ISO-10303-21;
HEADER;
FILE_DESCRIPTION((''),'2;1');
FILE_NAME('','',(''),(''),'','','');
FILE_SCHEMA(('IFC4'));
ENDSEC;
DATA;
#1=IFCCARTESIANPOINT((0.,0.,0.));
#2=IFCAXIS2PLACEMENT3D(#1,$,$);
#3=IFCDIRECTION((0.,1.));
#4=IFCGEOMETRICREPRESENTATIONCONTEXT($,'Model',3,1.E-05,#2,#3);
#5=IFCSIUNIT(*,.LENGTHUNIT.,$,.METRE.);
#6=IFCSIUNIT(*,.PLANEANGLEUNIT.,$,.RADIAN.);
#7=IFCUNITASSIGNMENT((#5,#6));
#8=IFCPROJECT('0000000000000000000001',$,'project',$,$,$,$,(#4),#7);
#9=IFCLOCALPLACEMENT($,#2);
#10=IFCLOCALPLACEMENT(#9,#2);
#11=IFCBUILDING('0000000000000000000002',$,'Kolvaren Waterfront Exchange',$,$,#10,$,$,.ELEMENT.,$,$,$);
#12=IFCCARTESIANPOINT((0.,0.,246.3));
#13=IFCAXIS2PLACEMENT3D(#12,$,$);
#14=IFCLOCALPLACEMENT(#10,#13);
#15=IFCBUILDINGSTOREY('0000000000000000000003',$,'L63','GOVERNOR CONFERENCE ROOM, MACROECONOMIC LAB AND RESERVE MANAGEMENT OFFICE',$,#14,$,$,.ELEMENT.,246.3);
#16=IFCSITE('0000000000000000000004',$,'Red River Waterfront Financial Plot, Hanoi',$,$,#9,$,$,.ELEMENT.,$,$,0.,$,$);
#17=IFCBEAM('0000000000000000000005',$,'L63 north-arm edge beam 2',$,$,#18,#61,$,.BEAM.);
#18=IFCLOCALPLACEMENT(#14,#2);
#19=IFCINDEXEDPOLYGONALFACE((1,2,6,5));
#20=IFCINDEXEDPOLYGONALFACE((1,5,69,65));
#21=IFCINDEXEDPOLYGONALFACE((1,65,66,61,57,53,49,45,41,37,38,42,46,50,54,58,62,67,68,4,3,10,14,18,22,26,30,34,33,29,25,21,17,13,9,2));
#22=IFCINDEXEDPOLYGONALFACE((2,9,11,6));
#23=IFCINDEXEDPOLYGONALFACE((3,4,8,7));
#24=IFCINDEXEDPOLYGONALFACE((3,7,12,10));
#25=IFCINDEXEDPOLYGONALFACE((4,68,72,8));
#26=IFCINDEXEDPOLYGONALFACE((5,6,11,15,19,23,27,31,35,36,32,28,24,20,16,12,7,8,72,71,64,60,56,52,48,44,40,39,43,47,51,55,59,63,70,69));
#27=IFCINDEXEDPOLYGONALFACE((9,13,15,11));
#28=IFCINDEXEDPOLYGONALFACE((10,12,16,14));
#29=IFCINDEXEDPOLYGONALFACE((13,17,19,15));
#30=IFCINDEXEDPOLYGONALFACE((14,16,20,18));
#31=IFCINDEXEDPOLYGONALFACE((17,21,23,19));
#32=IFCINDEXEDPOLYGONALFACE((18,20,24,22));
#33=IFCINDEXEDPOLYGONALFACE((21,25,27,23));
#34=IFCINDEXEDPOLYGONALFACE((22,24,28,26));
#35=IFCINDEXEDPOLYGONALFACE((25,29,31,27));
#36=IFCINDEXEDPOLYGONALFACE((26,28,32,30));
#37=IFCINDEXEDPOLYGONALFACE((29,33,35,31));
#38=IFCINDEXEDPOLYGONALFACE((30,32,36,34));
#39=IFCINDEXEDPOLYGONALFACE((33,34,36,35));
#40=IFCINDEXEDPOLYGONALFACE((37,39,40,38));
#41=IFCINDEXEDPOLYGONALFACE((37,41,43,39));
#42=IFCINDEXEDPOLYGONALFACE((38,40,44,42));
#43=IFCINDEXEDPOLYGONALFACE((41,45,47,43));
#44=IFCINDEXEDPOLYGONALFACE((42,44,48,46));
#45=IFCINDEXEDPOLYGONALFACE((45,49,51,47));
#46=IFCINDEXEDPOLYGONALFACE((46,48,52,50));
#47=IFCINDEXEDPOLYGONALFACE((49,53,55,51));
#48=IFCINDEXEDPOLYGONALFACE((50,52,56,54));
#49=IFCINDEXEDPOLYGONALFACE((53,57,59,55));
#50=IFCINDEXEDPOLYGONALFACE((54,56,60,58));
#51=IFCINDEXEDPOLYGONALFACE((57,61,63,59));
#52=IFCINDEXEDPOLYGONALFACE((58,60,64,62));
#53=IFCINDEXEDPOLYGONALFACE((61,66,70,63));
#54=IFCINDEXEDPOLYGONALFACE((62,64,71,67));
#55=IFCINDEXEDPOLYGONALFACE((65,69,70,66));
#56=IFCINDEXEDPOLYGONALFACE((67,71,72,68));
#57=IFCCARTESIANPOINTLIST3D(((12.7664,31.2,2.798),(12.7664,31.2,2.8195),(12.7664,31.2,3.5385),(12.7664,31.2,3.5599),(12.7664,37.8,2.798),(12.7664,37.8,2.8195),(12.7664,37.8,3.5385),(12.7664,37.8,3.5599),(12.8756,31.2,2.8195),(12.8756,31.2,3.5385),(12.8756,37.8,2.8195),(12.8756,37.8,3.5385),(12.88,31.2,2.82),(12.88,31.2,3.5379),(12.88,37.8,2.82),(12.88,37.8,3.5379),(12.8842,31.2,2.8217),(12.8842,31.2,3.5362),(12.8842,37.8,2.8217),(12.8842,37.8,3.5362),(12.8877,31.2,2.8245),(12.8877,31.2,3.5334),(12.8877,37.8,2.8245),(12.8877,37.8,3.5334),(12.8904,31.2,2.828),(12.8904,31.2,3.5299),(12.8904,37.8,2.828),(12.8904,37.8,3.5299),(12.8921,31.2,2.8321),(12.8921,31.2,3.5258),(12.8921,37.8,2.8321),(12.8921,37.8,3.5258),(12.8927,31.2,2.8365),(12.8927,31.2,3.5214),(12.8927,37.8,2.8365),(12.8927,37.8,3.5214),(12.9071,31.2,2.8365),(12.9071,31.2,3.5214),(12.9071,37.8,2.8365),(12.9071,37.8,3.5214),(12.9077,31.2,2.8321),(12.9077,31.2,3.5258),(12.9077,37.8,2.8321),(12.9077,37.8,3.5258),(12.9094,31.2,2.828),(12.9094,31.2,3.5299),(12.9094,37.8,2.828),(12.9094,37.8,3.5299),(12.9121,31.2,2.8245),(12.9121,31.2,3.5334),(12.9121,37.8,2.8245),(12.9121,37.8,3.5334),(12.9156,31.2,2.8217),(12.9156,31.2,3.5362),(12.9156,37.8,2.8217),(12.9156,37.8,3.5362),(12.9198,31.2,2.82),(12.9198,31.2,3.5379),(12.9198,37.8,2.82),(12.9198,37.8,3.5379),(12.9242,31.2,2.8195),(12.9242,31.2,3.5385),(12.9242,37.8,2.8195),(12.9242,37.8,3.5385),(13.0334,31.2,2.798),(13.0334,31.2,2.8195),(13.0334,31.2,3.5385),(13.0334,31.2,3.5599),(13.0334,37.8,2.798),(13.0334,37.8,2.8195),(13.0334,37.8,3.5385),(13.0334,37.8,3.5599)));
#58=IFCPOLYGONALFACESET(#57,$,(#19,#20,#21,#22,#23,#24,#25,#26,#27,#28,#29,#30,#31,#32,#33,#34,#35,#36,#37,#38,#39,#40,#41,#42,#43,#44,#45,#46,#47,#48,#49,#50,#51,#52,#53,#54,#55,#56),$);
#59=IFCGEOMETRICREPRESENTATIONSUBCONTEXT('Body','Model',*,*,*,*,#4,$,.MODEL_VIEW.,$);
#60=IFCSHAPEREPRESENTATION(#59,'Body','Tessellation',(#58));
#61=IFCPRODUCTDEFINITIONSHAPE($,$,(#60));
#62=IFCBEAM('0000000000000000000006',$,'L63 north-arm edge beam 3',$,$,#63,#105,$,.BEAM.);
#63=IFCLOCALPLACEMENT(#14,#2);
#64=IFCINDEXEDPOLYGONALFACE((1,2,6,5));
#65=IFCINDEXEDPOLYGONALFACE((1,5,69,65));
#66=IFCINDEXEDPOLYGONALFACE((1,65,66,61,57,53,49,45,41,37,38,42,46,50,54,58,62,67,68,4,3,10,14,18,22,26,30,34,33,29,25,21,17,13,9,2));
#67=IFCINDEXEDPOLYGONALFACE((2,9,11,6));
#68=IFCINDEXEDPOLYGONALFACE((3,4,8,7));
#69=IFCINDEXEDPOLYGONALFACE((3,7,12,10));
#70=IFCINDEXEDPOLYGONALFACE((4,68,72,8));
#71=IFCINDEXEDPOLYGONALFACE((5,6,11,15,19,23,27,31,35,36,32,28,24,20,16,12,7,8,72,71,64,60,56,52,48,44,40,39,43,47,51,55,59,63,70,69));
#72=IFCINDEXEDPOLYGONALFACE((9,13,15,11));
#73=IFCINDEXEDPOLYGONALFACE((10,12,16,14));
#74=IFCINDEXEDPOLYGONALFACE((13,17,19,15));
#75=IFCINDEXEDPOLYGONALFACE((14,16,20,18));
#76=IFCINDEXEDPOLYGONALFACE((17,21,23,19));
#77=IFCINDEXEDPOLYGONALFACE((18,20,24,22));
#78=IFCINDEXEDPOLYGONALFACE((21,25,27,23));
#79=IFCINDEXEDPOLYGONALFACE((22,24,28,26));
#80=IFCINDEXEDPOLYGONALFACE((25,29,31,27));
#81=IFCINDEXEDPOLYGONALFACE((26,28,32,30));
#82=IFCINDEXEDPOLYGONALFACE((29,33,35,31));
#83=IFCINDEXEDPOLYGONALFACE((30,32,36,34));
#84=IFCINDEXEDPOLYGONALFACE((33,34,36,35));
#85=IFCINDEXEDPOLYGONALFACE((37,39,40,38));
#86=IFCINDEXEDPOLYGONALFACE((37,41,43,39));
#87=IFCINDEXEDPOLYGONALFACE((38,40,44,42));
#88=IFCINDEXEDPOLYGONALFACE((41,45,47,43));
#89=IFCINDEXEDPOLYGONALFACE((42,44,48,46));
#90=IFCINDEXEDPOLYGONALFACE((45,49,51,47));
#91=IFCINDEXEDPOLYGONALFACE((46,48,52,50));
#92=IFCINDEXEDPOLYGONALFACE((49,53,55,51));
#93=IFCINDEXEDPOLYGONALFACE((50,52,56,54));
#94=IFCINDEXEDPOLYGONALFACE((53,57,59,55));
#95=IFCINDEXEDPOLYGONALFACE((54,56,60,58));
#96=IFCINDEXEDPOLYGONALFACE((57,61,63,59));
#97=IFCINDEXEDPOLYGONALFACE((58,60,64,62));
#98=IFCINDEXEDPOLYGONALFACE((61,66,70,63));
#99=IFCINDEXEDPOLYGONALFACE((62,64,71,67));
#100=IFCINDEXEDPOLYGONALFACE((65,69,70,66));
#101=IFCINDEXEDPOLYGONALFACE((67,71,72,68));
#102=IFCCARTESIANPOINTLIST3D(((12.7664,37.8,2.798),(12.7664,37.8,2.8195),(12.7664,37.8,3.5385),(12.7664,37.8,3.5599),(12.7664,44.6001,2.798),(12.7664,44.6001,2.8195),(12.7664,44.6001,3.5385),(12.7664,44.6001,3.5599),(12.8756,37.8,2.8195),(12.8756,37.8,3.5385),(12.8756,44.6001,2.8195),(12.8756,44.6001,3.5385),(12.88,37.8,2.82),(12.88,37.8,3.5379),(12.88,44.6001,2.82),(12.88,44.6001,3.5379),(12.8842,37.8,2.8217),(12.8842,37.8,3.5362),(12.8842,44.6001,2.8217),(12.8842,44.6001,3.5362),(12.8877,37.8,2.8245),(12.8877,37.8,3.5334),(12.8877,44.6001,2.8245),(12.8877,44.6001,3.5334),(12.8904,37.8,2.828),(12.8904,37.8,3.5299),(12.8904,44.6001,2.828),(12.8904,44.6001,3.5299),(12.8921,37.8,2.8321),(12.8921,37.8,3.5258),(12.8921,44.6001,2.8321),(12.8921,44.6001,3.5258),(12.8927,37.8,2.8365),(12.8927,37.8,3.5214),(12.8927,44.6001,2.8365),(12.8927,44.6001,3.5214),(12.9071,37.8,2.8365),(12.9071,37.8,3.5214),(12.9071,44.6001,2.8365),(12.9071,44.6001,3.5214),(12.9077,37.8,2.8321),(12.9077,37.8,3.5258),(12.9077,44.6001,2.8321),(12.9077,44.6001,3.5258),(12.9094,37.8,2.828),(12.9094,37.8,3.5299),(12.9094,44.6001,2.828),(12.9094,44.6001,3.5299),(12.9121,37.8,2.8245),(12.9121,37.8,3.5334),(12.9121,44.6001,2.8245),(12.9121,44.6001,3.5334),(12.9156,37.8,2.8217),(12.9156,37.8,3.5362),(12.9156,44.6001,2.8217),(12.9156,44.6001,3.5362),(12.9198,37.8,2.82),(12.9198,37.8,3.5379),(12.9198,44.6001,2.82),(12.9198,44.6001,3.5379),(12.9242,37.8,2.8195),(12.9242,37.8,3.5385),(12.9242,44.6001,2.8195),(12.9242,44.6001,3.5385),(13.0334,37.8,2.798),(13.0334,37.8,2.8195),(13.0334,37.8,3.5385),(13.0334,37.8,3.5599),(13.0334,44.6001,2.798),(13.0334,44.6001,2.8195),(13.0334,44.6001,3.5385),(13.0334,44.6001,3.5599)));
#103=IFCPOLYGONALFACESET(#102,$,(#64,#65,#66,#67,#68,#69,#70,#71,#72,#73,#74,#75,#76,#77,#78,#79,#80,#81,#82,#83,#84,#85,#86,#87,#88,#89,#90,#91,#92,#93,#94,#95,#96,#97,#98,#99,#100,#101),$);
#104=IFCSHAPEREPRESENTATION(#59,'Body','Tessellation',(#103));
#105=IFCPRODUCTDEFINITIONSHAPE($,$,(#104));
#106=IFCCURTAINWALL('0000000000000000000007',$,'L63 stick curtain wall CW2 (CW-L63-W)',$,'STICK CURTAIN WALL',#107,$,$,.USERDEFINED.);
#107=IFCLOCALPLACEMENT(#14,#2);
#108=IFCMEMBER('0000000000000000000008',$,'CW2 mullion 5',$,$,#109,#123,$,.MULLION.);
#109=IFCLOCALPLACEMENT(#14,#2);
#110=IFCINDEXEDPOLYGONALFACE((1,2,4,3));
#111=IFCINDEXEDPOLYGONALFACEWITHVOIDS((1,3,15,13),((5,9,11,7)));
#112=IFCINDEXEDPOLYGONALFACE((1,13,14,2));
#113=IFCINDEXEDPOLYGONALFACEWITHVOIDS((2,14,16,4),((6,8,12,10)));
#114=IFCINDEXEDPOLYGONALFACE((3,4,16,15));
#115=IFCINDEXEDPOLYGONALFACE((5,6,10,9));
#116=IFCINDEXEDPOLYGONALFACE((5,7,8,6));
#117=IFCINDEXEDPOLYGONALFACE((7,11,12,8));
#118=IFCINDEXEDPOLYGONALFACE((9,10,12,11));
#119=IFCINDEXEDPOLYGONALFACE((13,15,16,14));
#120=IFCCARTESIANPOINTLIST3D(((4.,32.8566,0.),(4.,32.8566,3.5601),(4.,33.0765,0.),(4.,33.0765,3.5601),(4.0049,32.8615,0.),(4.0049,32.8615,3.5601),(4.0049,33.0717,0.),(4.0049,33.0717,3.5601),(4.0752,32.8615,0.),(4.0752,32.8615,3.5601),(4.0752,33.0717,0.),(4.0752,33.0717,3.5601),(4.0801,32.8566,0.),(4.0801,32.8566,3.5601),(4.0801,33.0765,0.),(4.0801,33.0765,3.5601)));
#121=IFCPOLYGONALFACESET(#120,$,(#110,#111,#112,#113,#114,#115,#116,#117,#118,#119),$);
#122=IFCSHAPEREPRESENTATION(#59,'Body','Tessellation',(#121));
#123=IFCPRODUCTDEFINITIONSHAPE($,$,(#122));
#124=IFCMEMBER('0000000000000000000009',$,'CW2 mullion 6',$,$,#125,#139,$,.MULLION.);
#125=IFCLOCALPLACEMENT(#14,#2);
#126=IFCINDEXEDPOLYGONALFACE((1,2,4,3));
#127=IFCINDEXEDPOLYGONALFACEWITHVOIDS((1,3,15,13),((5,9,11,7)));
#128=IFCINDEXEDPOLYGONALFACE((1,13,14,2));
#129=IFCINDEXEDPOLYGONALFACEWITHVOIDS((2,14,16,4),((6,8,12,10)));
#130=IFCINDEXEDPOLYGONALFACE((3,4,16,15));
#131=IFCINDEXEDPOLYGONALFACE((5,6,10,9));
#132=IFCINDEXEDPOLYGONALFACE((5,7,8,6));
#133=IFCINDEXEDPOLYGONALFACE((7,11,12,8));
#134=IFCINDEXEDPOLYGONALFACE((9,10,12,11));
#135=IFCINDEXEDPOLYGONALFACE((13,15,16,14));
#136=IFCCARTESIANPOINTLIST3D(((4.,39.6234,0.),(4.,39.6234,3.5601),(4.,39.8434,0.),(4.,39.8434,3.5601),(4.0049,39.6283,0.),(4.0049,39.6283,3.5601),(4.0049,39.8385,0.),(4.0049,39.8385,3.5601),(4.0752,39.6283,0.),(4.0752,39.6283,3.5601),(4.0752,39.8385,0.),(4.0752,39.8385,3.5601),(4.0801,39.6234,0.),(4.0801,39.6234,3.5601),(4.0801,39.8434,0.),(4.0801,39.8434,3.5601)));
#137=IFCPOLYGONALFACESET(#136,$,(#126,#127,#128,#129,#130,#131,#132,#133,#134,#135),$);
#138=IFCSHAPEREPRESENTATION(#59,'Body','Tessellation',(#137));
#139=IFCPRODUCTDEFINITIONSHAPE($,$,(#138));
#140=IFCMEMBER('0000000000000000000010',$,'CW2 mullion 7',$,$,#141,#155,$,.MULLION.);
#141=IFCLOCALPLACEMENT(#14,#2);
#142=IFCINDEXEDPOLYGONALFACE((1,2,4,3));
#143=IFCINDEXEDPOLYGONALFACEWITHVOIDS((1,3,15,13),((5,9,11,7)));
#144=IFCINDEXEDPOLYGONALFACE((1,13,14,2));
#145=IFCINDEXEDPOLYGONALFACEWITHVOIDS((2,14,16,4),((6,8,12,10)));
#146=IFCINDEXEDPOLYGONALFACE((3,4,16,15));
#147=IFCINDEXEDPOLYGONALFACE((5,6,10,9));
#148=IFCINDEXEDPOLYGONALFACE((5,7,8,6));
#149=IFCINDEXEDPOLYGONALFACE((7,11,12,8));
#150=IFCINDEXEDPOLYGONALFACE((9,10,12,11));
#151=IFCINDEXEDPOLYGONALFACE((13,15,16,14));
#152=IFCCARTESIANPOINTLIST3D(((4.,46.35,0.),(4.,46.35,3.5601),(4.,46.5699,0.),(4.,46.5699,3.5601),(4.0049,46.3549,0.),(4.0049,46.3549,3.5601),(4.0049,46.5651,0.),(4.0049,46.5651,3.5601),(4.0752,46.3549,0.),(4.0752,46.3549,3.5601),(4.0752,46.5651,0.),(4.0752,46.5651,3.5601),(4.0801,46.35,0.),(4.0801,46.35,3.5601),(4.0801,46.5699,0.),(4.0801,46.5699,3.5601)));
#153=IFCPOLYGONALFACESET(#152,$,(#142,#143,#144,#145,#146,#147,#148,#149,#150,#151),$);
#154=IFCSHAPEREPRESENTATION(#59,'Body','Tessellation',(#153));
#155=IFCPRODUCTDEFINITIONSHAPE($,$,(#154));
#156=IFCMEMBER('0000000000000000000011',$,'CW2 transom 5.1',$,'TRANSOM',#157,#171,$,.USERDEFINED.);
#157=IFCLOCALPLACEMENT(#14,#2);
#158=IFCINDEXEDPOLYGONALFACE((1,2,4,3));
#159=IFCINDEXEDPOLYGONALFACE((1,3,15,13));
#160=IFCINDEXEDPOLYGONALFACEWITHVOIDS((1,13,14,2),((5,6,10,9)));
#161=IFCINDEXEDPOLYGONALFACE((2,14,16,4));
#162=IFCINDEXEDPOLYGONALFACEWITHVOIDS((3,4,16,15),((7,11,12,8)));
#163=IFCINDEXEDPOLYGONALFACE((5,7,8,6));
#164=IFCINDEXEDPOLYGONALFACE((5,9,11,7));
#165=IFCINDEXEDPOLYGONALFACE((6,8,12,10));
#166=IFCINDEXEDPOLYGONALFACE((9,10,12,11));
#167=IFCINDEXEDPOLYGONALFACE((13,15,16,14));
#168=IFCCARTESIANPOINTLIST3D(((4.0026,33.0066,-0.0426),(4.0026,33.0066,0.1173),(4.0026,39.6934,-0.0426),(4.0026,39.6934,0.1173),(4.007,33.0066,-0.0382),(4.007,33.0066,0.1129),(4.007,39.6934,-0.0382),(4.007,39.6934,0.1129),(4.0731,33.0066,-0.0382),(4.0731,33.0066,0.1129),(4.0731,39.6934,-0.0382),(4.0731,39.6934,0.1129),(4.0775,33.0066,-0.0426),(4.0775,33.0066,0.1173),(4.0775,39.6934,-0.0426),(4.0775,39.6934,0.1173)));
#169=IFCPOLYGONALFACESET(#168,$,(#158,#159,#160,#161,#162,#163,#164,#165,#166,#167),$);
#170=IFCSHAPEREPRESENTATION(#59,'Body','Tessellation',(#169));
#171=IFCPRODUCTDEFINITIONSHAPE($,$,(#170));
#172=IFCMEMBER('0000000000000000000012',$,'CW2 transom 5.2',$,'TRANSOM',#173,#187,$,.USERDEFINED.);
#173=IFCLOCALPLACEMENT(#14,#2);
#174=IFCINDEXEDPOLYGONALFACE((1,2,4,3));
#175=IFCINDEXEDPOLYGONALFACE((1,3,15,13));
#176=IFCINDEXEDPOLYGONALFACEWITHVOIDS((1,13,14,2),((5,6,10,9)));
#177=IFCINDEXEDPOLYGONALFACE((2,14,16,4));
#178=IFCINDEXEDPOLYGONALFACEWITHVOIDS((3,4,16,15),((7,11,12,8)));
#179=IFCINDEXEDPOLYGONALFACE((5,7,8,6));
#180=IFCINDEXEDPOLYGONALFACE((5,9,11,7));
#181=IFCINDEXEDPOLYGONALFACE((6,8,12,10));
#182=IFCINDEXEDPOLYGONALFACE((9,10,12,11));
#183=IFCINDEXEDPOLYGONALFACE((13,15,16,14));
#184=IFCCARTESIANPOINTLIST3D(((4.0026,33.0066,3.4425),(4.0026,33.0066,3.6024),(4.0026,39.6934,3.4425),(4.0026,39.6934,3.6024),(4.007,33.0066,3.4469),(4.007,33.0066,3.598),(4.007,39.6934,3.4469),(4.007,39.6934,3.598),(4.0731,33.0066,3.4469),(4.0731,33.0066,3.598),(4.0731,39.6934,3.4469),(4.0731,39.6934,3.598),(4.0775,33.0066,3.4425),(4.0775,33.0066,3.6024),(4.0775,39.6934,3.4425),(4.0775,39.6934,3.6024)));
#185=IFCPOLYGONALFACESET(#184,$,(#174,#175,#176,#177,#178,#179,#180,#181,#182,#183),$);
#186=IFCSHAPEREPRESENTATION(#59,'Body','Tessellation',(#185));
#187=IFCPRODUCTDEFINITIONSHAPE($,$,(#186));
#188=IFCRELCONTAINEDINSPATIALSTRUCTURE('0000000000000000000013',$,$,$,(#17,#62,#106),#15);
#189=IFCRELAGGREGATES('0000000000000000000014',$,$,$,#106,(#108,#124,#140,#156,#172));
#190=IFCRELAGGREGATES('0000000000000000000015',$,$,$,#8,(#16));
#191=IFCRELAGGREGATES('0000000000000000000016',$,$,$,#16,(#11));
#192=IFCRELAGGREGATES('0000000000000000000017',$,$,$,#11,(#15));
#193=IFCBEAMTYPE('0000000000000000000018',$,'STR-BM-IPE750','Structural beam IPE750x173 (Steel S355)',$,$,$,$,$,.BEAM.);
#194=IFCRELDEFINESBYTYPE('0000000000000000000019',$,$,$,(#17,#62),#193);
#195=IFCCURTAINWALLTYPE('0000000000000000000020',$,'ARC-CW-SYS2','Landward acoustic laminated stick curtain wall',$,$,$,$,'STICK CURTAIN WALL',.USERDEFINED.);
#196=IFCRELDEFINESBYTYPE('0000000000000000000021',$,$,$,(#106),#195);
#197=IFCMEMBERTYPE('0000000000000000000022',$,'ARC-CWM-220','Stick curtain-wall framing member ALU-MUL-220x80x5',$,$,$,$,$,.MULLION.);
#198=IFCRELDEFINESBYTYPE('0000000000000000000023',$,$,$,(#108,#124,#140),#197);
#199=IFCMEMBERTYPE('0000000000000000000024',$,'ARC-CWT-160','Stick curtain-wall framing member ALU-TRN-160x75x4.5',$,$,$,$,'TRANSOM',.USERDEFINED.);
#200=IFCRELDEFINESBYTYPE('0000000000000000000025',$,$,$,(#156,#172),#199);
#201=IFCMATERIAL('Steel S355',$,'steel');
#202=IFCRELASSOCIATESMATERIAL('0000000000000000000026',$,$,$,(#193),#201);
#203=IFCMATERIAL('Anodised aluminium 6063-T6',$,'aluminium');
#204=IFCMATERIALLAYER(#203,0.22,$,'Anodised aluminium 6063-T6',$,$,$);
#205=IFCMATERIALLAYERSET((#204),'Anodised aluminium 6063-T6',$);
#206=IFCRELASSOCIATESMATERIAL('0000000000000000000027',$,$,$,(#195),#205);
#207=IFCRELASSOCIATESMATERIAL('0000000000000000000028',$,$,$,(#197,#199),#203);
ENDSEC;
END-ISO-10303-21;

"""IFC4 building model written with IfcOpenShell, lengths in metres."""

from ifc_helpers import new_model, si_unit, direction, frame, origin, origin_with_axes, origin_2d, place, context, subcontext, project, spatial, hollow_rectangle, i_section, extrude, source, transform, mapped, material, layer, layer_set, material_profile, profile_set, type_object, element, aggregate, save


model = new_model("IFC4")

# Units and contexts
model_context = context("Model", 3, precision=1e-05, world=origin(), true_north=direction((0.0, 1.0)))
body_context = subcontext(model_context, "Body", "Model", "MODEL_VIEW")
ifc_project = project(units=[si_unit("LENGTHUNIT", "METRE"), si_unit("PLANEANGLEUNIT", "RADIAN")], contexts=[model_context])

# Site, building, storey
site_placement = place(None, origin())
site = spatial("IfcSite", under=ifc_project, at=site_placement, Name="Red River Waterfront Financial Plot, Hanoi", CompositionType="ELEMENT", RefElevation=0.0)
building_placement = place(site_placement, origin())
building = spatial("IfcBuilding", under=site, at=building_placement, Name="Kolvaren Waterfront Exchange", CompositionType="ELEMENT")
storey_placement = place(building_placement, frame((0.0, 0.0, 246.3)))
storey = spatial("IfcBuildingStorey", under=building, at=storey_placement, Name="L63", Description="GOVERNOR CONFERENCE ROOM, MACROECONOMIC LAB AND RESERVE MANAGEMENT OFFICE", CompositionType="ELEMENT", Elevation=246.3)

# Beams
ifc_material_1 = material(Name="Steel S355", Category="steel")
ifc_material_profile_1 = material_profile(ifc_material_1, i_section(OverallWidth=0.2671, OverallDepth=0.762, WebThickness=0.0144, FlangeThickness=0.0215, FilletRadius=0.0171, at=origin_2d()), Name="IPE750x173")
ifc_profile_set_1 = profile_set([ifc_material_profile_1], Name="Steel S355")
beam_type_1 = type_object("IfcBeamType", Name="STR-BM-IPE750", Description="Structural beam IPE750x173 (Steel S355)", PredefinedType="BEAM", material=ifc_profile_set_1)
beam_1_placement = place(storey_placement, frame((12.8999, 31.2, 3.179), z_axis=(0.0, 1.0, 0.0), x_axis=(-1.0, 0.0, 0.0)))
element("IfcBeam", 1, at=beam_1_placement, inside=storey, type_object=beam_type_1, Name="L63 north-arm edge beam 2", PredefinedType="BEAM", context=body_context, shape_type="SweptSolid", body=[
    extrude(i_section(OverallWidth=0.2671, OverallDepth=0.762, WebThickness=0.0144, FlangeThickness=0.0215, FilletRadius=0.0171, at=origin_2d()), origin(), (0.0, 0.0, 1.0), 6.6001),
])
beam_2_placement = place(storey_placement, frame((12.8999, 37.8, 3.179), z_axis=(0.0, 1.0, 0.0), x_axis=(-1.0, 0.0, 0.0)))
element("IfcBeam", 2, at=beam_2_placement, inside=storey, type_object=beam_type_1, Name="L63 north-arm edge beam 3", PredefinedType="BEAM", context=body_context, shape_type="SweptSolid", body=[
    extrude(i_section(OverallWidth=0.2671, OverallDepth=0.762, WebThickness=0.0144, FlangeThickness=0.0215, FilletRadius=0.0171, at=origin_2d()), origin(), (0.0, 0.0, 1.0), 6.8),
])

# Curtain wall, members
ifc_material_2 = material(Name="Anodised aluminium 6063-T6", Category="aluminium")
ifc_layer_1 = layer(ifc_material_2, 0.22, Name="Anodised aluminium 6063-T6")
ifc_layer_set_1 = layer_set([ifc_layer_1], Name="Anodised aluminium 6063-T6")
curtain_wall_type = type_object("IfcCurtainWallType", Name="ARC-CW-SYS2", Description="Landward acoustic laminated stick curtain wall", ElementType="STICK CURTAIN WALL", PredefinedType="USERDEFINED", material=ifc_layer_set_1)
curtain_wall_placement = place(storey_placement, origin())
curtain_wall = element("IfcCurtainWall", 3, at=curtain_wall_placement, inside=storey, type_object=curtain_wall_type, Name="L63 stick curtain wall CW2 (CW-L63-W)", ObjectType="STICK CURTAIN WALL", PredefinedType="USERDEFINED")
ifc_material_profile_2 = material_profile(ifc_material_2, hollow_rectangle(XDim=0.0801, YDim=0.22, WallThickness=0.0049, at=origin_2d()), Name="ALU-MUL-220x80x5")
ifc_profile_set_2 = profile_set([ifc_material_profile_2], Name="Anodised aluminium 6063-T6")
member_type_1 = type_object("IfcMemberType", Name="ARC-CWM-220", Description="Stick curtain-wall framing member ALU-MUL-220x80x5", PredefinedType="MULLION", material=ifc_profile_set_2)
shared_shape_1 = source(origin_with_axes(), body_context, "Body", "SweptSolid", [
    extrude(hollow_rectangle(XDim=0.0801, YDim=0.22, WallThickness=0.0049, at=origin_2d()), origin(), (0.0, 0.0, 1.0), 3.5601),
])
member_1_placement = place(storey_placement, frame((4.04, 32.9666, 0.0), z_axis=(0.0, 0.0, 1.0), x_axis=(-1.0, 0.0, 0.0)))
member_1 = element("IfcMember", 4, at=member_1_placement, type_object=member_type_1, Name="CW2 mullion 5", PredefinedType="MULLION", context=body_context, shape_type="MappedRepresentation", body=[
    mapped(shared_shape_1, transform((0.0, 0.0, 0.0), x_axis=(1.0, 0.0, 0.0), y_axis=(0.0, 1.0, 0.0), z_axis=(0.0, 0.0, 1.0), scale=1.0)),
])
member_2_placement = place(storey_placement, frame((4.04, 39.7334, 0.0), z_axis=(0.0, 0.0, 1.0), x_axis=(-1.0, 0.0, 0.0)))
member_2 = element("IfcMember", 5, at=member_2_placement, type_object=member_type_1, Name="CW2 mullion 6", PredefinedType="MULLION", context=body_context, shape_type="MappedRepresentation", body=[
    mapped(shared_shape_1, transform((0.0, 0.0, 0.0), x_axis=(1.0, 0.0, 0.0), y_axis=(0.0, 1.0, 0.0), z_axis=(0.0, 0.0, 1.0), scale=1.0)),
])
member_3_placement = place(storey_placement, frame((4.04, 46.46, 0.0), z_axis=(0.0, 0.0, 1.0), x_axis=(-1.0, 0.0, 0.0)))
member_3 = element("IfcMember", 6, at=member_3_placement, type_object=member_type_1, Name="CW2 mullion 7", PredefinedType="MULLION", context=body_context, shape_type="MappedRepresentation", body=[
    mapped(shared_shape_1, transform((0.0, 0.0, 0.0), x_axis=(1.0, 0.0, 0.0), y_axis=(0.0, 1.0, 0.0), z_axis=(0.0, 0.0, 1.0), scale=1.0)),
])
ifc_material_profile_3 = material_profile(ifc_material_2, hollow_rectangle(XDim=0.075, YDim=0.1599, WallThickness=0.0044, at=origin_2d()), Name="ALU-TRN-160x75x4.5")
ifc_profile_set_3 = profile_set([ifc_material_profile_3], Name="Anodised aluminium 6063-T6")
member_type_2 = type_object("IfcMemberType", Name="ARC-CWT-160", Description="Stick curtain-wall framing member ALU-TRN-160x75x4.5", ElementType="TRANSOM", PredefinedType="USERDEFINED", material=ifc_profile_set_3)
shared_shape_2 = source(origin_with_axes(), body_context, "Body", "SweptSolid", [
    extrude(hollow_rectangle(XDim=0.075, YDim=0.1599, WallThickness=0.0044, at=origin_2d()), origin(), (0.0, 0.0, 1.0), 6.6868),
])
member_4_placement = place(storey_placement, frame((4.04, 33.0066, 0.0374), z_axis=(0.0, 1.0, 0.0), x_axis=(-1.0, 0.0, 0.0)))
member_4 = element("IfcMember", 7, at=member_4_placement, type_object=member_type_2, Name="CW2 transom 5.1", ObjectType="TRANSOM", PredefinedType="USERDEFINED", context=body_context, shape_type="MappedRepresentation", body=[
    mapped(shared_shape_2, transform((0.0, 0.0, 0.0), x_axis=(1.0, 0.0, 0.0), y_axis=(0.0, 1.0, 0.0), z_axis=(0.0, 0.0, 1.0), scale=1.0)),
])
member_5_placement = place(storey_placement, frame((4.04, 33.0066, 3.5225), z_axis=(0.0, 1.0, 0.0), x_axis=(-1.0, 0.0, 0.0)))
member_5 = element("IfcMember", 8, at=member_5_placement, type_object=member_type_2, Name="CW2 transom 5.2", ObjectType="TRANSOM", PredefinedType="USERDEFINED", context=body_context, shape_type="MappedRepresentation", body=[
    mapped(shared_shape_2, transform((0.0, 0.0, 0.0), x_axis=(1.0, 0.0, 0.0), y_axis=(0.0, 1.0, 0.0), z_axis=(0.0, 0.0, 1.0), scale=1.0)),
])
aggregate(curtain_wall, [member_1, member_2, member_3, member_4, member_5])

save(model, "model.ifc")
